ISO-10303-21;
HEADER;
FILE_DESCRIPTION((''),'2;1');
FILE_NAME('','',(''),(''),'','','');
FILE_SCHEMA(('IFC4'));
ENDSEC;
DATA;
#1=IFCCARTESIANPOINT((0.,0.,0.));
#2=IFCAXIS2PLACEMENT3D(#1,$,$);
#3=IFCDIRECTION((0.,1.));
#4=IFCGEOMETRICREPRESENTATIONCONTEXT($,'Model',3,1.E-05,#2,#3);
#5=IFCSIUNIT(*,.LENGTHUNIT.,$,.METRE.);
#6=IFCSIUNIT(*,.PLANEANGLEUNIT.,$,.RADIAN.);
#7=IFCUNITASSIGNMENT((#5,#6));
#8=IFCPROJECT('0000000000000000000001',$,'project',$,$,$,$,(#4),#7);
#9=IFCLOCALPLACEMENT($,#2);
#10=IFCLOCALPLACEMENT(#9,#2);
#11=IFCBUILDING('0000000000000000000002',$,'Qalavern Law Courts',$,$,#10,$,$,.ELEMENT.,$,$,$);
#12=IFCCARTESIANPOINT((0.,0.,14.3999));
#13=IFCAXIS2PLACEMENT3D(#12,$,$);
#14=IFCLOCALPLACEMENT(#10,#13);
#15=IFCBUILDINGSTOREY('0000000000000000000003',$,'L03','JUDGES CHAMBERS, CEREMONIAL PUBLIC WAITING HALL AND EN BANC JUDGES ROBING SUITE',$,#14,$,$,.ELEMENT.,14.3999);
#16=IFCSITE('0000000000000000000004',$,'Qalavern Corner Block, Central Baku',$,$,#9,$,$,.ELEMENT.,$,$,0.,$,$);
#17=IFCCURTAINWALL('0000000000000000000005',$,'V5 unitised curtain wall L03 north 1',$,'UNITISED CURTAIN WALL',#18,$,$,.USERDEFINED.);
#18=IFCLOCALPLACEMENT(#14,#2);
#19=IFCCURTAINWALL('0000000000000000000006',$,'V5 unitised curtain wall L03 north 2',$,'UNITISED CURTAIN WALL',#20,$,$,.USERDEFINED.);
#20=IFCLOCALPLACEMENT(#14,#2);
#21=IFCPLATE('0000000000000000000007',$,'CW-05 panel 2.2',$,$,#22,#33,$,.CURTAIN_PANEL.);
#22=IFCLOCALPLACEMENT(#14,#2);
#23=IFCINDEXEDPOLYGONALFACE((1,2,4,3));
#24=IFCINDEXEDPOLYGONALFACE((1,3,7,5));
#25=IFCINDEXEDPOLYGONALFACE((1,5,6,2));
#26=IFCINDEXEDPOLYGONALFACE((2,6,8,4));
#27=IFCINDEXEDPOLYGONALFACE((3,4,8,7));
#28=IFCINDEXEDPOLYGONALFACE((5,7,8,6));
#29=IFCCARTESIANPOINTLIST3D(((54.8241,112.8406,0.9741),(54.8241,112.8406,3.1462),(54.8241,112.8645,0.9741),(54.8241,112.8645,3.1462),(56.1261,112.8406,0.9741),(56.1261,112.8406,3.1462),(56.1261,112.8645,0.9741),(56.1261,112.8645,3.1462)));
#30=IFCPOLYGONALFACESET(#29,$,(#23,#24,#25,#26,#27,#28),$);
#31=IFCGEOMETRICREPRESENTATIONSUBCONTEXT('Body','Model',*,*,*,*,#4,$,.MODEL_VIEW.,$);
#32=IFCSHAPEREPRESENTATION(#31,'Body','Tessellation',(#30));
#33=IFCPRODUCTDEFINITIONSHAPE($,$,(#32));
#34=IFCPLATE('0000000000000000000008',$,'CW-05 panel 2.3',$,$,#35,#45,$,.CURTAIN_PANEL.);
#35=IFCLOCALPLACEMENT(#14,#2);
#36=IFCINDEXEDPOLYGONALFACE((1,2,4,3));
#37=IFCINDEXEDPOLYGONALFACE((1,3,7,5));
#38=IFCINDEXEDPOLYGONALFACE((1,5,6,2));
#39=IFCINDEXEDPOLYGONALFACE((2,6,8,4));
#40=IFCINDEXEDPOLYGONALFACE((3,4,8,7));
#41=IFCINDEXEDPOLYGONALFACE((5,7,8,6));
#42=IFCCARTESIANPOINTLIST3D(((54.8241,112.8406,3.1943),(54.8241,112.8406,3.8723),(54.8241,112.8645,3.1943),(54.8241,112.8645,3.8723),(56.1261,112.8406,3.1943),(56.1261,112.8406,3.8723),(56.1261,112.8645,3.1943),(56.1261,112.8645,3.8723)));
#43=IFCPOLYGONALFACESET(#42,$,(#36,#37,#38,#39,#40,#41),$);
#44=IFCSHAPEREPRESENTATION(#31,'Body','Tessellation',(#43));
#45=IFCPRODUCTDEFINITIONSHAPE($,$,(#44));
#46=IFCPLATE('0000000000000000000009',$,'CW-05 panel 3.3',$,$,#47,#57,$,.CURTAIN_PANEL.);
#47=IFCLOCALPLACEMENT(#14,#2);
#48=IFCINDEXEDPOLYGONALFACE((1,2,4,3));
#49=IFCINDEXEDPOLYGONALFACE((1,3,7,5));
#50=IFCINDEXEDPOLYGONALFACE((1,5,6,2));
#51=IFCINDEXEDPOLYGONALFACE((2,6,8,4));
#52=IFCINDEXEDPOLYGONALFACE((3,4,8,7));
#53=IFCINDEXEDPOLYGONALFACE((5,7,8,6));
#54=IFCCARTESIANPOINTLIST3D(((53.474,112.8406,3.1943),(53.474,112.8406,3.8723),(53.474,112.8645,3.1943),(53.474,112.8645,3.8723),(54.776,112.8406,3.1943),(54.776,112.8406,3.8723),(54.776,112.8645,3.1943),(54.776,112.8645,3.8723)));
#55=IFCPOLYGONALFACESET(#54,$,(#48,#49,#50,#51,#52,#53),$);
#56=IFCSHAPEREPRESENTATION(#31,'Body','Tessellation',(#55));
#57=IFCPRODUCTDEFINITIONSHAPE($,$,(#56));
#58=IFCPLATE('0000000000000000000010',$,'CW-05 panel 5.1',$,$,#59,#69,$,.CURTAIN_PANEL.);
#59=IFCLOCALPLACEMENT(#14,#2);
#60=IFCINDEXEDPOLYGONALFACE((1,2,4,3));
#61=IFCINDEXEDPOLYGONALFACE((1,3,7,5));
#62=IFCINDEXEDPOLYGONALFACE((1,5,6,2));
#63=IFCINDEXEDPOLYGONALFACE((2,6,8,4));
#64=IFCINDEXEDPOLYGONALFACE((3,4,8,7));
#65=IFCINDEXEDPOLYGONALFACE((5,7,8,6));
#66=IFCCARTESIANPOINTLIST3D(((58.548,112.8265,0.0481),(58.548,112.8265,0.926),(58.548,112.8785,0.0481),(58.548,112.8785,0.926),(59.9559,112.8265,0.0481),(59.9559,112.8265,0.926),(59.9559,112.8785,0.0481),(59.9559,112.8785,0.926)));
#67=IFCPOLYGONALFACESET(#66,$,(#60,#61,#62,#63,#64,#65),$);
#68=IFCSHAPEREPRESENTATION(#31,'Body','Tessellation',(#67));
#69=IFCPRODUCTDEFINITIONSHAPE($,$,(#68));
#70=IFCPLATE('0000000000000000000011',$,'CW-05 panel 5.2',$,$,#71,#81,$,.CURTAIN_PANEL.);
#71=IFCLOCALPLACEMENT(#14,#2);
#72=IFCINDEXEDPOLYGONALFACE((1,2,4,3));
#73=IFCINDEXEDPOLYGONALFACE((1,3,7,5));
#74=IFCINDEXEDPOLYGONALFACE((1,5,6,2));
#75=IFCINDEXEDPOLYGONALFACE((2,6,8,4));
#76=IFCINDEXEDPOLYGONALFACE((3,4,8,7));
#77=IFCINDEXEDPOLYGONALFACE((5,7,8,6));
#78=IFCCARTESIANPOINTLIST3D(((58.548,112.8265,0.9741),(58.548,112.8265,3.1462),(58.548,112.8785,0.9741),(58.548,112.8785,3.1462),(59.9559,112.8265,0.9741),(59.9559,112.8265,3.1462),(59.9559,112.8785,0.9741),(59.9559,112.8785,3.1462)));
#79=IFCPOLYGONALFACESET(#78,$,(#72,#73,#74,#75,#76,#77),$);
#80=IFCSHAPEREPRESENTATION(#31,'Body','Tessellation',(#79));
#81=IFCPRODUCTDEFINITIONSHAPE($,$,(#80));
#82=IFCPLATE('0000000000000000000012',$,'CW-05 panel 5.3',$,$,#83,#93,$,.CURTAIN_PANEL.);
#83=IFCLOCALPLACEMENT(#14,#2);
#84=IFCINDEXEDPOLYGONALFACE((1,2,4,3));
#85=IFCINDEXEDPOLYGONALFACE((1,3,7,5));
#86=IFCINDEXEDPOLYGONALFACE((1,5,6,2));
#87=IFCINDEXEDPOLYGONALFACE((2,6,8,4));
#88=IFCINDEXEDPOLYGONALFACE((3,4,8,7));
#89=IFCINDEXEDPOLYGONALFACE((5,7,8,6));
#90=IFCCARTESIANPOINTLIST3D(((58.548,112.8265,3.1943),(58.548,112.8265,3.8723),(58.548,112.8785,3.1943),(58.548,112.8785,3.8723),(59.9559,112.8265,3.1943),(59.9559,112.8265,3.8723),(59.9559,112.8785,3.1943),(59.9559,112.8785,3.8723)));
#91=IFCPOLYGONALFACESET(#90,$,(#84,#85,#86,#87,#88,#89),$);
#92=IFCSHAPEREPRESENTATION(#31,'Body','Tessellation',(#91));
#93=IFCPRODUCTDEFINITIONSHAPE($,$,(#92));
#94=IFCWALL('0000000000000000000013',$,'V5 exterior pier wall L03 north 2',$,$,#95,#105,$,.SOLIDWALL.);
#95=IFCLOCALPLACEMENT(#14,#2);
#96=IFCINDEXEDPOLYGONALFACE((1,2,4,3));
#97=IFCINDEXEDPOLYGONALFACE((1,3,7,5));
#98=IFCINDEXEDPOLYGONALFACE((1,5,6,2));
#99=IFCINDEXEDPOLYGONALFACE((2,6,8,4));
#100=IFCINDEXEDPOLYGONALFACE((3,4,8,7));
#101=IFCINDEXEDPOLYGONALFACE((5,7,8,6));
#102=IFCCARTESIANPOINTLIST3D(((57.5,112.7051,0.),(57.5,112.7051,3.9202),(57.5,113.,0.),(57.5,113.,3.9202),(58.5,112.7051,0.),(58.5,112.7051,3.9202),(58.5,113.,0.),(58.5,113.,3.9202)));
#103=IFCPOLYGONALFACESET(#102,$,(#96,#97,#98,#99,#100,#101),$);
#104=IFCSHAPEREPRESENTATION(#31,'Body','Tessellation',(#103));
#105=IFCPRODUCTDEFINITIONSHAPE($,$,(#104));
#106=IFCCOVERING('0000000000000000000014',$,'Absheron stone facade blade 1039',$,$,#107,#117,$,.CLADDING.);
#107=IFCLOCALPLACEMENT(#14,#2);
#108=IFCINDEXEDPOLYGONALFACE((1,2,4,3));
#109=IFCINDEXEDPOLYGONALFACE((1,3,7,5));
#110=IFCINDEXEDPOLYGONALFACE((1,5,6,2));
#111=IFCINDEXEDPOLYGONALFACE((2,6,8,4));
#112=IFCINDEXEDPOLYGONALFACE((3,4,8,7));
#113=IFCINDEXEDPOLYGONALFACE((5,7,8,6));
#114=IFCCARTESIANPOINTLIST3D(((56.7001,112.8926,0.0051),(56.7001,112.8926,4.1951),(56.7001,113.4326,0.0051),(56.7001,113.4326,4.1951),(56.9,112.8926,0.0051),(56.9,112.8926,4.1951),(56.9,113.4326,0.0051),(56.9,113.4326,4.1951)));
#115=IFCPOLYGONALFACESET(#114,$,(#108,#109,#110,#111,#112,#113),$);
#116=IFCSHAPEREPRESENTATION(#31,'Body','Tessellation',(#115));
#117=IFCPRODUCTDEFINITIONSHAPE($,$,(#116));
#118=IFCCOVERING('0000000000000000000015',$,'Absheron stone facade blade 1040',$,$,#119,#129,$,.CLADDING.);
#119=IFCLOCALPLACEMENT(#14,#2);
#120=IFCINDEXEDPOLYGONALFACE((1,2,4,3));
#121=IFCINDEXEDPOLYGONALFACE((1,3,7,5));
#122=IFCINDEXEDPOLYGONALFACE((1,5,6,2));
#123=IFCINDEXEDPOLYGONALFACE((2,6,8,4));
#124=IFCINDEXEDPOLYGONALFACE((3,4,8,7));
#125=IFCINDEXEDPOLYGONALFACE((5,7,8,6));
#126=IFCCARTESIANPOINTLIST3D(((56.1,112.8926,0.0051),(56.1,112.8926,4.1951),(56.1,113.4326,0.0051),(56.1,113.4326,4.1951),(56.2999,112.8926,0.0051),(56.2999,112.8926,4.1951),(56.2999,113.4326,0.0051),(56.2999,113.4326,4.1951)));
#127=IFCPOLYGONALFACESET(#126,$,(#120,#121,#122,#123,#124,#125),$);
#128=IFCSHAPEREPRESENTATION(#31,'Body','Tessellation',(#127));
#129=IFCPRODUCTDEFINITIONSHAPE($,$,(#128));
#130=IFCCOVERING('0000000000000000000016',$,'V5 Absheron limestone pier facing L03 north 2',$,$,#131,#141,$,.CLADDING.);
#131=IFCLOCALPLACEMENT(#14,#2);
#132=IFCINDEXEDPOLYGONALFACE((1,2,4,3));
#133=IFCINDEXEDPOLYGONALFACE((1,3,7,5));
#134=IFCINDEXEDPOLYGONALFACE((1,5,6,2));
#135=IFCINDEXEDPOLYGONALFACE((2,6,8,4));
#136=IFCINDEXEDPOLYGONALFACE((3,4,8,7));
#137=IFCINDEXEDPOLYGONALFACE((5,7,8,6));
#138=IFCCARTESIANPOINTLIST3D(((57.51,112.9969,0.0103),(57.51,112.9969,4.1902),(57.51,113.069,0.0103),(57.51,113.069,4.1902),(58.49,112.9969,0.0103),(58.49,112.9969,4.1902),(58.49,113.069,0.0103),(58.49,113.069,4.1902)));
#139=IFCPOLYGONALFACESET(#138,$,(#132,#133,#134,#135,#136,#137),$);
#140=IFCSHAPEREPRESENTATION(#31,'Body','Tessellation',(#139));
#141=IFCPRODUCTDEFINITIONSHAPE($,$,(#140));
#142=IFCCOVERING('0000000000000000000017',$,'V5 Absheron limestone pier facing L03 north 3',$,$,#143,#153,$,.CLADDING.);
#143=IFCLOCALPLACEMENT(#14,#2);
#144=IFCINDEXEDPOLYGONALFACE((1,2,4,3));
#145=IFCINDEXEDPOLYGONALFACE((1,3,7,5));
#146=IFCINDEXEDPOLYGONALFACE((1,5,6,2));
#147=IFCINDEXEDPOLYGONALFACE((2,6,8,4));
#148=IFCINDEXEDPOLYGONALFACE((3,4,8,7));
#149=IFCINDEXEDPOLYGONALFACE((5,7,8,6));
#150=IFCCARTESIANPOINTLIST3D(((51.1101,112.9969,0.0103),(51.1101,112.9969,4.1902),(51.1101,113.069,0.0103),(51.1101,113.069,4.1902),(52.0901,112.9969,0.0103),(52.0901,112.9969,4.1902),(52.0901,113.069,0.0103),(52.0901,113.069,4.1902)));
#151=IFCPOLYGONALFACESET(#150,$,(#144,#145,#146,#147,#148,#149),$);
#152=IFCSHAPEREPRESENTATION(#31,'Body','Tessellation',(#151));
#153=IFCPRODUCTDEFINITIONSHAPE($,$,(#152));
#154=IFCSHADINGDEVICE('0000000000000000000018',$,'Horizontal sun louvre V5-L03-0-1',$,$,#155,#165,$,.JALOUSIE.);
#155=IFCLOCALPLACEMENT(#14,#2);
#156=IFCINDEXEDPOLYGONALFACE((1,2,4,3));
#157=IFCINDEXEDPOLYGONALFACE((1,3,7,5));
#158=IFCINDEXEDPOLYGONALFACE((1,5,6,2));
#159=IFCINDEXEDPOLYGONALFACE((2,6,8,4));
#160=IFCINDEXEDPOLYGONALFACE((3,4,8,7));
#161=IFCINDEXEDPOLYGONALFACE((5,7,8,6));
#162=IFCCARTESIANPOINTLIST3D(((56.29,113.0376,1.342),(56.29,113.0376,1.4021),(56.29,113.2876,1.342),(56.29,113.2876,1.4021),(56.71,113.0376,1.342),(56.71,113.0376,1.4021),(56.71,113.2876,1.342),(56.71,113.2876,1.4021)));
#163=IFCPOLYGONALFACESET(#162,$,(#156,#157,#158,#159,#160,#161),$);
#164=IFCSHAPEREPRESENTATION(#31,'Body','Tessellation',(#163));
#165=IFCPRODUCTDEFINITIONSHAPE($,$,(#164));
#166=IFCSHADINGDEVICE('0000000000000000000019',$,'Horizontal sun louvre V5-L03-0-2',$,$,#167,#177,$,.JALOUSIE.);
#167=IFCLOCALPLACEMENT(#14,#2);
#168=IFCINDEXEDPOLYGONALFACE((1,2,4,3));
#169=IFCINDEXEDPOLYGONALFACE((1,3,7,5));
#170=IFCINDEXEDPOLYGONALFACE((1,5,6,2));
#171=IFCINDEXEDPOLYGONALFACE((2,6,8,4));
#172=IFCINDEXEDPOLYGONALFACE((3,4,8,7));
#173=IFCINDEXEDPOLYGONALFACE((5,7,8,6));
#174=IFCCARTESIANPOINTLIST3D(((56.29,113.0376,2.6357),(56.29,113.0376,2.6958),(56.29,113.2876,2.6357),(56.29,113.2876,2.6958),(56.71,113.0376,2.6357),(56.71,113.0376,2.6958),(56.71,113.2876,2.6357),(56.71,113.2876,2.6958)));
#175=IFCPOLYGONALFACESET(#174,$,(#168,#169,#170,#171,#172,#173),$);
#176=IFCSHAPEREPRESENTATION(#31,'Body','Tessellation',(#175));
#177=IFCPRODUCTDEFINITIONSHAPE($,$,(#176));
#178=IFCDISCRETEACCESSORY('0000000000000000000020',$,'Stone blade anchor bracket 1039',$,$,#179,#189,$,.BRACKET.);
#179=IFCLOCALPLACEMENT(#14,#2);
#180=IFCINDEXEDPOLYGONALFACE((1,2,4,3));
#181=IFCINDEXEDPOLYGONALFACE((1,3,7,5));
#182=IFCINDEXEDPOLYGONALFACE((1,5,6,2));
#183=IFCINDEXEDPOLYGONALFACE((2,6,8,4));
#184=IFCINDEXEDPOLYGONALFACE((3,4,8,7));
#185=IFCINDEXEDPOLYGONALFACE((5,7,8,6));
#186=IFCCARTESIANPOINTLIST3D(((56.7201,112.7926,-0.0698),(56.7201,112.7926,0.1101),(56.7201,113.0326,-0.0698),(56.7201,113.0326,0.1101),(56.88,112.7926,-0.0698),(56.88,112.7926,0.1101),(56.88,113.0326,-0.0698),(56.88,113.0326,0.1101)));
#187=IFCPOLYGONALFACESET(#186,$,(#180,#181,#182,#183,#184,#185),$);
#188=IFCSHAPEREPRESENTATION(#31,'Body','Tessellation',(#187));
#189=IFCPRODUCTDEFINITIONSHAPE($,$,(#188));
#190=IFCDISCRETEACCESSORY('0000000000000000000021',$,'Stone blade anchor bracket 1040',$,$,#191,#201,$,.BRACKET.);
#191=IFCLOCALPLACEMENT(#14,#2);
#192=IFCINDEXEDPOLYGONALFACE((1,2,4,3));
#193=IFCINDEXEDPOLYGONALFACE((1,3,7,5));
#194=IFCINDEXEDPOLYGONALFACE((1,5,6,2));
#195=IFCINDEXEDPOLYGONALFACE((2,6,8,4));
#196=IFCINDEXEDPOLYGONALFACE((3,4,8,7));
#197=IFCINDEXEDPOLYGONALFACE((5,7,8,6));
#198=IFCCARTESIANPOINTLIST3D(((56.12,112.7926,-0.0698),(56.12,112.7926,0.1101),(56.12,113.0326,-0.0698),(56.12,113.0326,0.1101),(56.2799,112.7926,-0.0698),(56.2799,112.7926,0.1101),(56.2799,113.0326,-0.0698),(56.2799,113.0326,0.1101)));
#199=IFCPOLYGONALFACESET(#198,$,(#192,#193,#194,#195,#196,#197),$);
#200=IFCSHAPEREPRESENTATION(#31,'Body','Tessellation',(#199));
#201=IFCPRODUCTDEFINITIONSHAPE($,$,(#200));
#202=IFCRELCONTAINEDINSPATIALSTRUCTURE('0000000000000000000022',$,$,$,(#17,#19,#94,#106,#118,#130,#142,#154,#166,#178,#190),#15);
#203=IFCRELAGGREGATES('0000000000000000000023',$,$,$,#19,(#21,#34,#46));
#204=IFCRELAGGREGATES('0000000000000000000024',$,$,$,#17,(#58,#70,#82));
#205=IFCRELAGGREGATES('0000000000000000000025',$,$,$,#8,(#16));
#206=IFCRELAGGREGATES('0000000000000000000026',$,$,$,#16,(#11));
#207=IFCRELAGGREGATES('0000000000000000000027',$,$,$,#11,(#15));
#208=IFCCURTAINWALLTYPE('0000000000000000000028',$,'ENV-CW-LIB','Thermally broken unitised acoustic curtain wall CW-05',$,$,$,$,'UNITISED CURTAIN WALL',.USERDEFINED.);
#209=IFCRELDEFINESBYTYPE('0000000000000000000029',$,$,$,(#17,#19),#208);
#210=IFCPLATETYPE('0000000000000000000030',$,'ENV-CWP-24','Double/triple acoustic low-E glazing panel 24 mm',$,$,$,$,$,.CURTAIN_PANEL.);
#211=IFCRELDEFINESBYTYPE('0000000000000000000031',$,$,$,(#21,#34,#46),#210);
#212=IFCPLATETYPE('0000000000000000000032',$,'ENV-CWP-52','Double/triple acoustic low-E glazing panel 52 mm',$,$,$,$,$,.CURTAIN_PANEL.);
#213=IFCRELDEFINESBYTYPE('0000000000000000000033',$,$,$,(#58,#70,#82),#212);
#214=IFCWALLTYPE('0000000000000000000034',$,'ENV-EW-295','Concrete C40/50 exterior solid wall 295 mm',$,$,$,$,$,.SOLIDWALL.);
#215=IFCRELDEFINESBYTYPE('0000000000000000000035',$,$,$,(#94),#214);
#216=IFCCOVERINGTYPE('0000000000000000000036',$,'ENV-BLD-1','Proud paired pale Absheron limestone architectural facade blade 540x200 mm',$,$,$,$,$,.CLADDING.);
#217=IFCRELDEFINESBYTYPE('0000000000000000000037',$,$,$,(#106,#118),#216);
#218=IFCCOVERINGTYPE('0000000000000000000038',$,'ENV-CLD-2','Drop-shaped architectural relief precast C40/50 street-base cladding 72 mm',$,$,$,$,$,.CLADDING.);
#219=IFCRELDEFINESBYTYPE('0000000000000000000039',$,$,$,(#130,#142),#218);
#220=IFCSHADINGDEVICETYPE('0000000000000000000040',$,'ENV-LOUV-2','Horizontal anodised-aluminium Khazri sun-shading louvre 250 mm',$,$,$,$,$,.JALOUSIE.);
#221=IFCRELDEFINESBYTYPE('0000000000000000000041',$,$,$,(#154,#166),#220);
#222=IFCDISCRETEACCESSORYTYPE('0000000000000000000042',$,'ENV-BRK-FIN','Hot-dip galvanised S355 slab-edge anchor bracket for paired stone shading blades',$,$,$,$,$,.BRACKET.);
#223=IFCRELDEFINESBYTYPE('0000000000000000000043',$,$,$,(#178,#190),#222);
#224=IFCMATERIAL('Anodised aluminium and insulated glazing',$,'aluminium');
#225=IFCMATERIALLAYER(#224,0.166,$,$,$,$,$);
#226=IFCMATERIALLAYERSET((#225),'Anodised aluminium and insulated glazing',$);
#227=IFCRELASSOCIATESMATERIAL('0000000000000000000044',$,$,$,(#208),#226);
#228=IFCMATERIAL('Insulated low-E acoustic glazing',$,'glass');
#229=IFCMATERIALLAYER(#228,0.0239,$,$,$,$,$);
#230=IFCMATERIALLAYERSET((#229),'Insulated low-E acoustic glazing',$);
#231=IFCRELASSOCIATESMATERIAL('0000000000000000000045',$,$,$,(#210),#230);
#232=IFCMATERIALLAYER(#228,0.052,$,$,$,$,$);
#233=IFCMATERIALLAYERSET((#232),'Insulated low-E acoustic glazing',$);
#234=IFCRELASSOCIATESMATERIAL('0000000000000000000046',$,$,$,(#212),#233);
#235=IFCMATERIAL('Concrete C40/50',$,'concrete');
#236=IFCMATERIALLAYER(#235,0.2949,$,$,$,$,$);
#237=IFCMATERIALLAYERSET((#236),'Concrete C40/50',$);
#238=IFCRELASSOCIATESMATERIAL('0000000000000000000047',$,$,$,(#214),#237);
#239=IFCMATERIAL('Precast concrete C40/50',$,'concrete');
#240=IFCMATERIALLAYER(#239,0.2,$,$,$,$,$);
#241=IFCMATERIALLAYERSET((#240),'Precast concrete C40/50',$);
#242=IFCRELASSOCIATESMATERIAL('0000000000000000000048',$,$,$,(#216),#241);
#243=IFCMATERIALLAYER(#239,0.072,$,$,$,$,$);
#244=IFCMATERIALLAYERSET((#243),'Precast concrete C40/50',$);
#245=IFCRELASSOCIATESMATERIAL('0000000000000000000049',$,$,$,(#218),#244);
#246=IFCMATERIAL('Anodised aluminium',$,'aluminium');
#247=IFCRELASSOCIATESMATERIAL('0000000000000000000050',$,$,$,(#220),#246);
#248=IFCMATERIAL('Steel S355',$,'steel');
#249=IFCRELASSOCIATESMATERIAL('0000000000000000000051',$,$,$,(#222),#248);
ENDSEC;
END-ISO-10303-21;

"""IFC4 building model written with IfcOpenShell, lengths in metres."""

from ifc_helpers import new_model, si_unit, direction, frame, frame_2d, origin, origin_2d, place, context, subcontext, project, spatial, rectangle, extrude, material, layer, layer_set, type_object, element, aggregate, save


model = new_model("IFC4")

# Units and contexts
model_context = context("Model", 3, precision=1e-05, world=origin(), true_north=direction((0.0, 1.0)))
body_context = subcontext(model_context, "Body", "Model", "MODEL_VIEW")
ifc_project = project(units=[si_unit("LENGTHUNIT", "METRE"), si_unit("PLANEANGLEUNIT", "RADIAN")], contexts=[model_context])

# Site, building, storey
site_placement = place(None, origin())
site = spatial("IfcSite", under=ifc_project, at=site_placement, Name="Qalavern Corner Block, Central Baku", CompositionType="ELEMENT", RefElevation=0.0)
building_placement = place(site_placement, origin())
building = spatial("IfcBuilding", under=site, at=building_placement, Name="Qalavern Law Courts", CompositionType="ELEMENT")
storey_placement = place(building_placement, frame((0.0, 0.0, 14.3999)))
storey = spatial("IfcBuildingStorey", under=building, at=storey_placement, Name="L03", Description="JUDGES CHAMBERS, CEREMONIAL PUBLIC WAITING HALL AND EN BANC JUDGES ROBING SUITE", CompositionType="ELEMENT", Elevation=14.3999)

# Curtain wall
ifc_material_1 = material(Name="Anodised aluminium and insulated glazing", Category="aluminium")
ifc_layer_1 = layer(ifc_material_1, 0.166)
ifc_layer_set_1 = layer_set([ifc_layer_1], Name="Anodised aluminium and insulated glazing")
curtain_wall_type = type_object("IfcCurtainWallType", Name="ENV-CW-LIB", Description="Thermally broken unitised acoustic curtain wall CW-05", ElementType="UNITISED CURTAIN WALL", PredefinedType="USERDEFINED", material=ifc_layer_set_1)
curtain_wall_1_placement = place(storey_placement, origin())
curtain_wall_1 = element("IfcCurtainWall", 1, at=curtain_wall_1_placement, inside=storey, type_object=curtain_wall_type, Name="V5 unitised curtain wall L03 north 1", ObjectType="UNITISED CURTAIN WALL", PredefinedType="USERDEFINED")
ifc_material_2 = material(Name="Anodised aluminium", Category="aluminium")

# Curtain wall
curtain_wall_2_placement = place(storey_placement, origin())
curtain_wall_2 = element("IfcCurtainWall", 2, at=curtain_wall_2_placement, inside=storey, type_object=curtain_wall_type, Name="V5 unitised curtain wall L03 north 2", ObjectType="UNITISED CURTAIN WALL", PredefinedType="USERDEFINED")

# Plates
ifc_material_3 = material(Name="Insulated low-E acoustic glazing", Category="glass")
ifc_layer_2 = layer(ifc_material_3, 0.0239)
ifc_layer_set_2 = layer_set([ifc_layer_2], Name="Insulated low-E acoustic glazing")
plate_type_1 = type_object("IfcPlateType", Name="ENV-CWP-24", Description="Double/triple acoustic low-E glazing panel 24 mm", PredefinedType="CURTAIN_PANEL", material=ifc_layer_set_2)
plate_1_placement = place(storey_placement, frame((55.4751, 112.8525, 0.9741), z_axis=(0.0, 0.0, 1.0), x_axis=(-1.0, 0.0, 0.0)))
plate_1 = element("IfcPlate", 3, at=plate_1_placement, type_object=plate_type_1, Name="CW-05 panel 2.2", PredefinedType="CURTAIN_PANEL", context=body_context, shape_type="SweptSolid", body=[
    extrude(rectangle(XDim=1.302, YDim=0.0239, at=origin_2d()), origin(), (0.0, 0.0, 1.0), 2.1721),
])
plate_2_placement = place(storey_placement, frame((55.4751, 112.8525, 3.1943), z_axis=(0.0, 0.0, 1.0), x_axis=(-1.0, 0.0, 0.0)))
plate_2 = element("IfcPlate", 4, at=plate_2_placement, type_object=plate_type_1, Name="CW-05 panel 2.3", PredefinedType="CURTAIN_PANEL", context=body_context, shape_type="SweptSolid", body=[
    extrude(rectangle(XDim=1.302, YDim=0.0239, at=origin_2d()), origin(), (0.0, 0.0, 1.0), 0.678),
])
plate_3_placement = place(storey_placement, frame((54.125, 112.8525, 3.1943), z_axis=(0.0, 0.0, 1.0), x_axis=(-1.0, 0.0, 0.0)))
plate_3 = element("IfcPlate", 5, at=plate_3_placement, type_object=plate_type_1, Name="CW-05 panel 3.3", PredefinedType="CURTAIN_PANEL", context=body_context, shape_type="SweptSolid", body=[
    extrude(rectangle(XDim=1.302, YDim=0.0239, at=origin_2d()), origin(), (0.0, 0.0, 1.0), 0.678),
])
aggregate(curtain_wall_2, [plate_1, plate_2, plate_3])
ifc_layer_3 = layer(ifc_material_3, 0.052)
ifc_layer_set_3 = layer_set([ifc_layer_3], Name="Insulated low-E acoustic glazing")
plate_type_2 = type_object("IfcPlateType", Name="ENV-CWP-52", Description="Double/triple acoustic low-E glazing panel 52 mm", PredefinedType="CURTAIN_PANEL", material=ifc_layer_set_3)
plate_4_placement = place(storey_placement, frame((59.252, 112.8525, 0.0481), z_axis=(0.0, 0.0, 1.0), x_axis=(-1.0, 0.0, 0.0)))
plate_4 = element("IfcPlate", 6, at=plate_4_placement, type_object=plate_type_2, Name="CW-05 panel 5.1", PredefinedType="CURTAIN_PANEL", context=body_context, shape_type="SweptSolid", body=[
    extrude(rectangle(XDim=1.408, YDim=0.052, at=origin_2d()), origin(), (0.0, 0.0, 1.0), 0.8779),
])
plate_5_placement = place(storey_placement, frame((59.252, 112.8525, 0.9741), z_axis=(0.0, 0.0, 1.0), x_axis=(-1.0, 0.0, 0.0)))
plate_5 = element("IfcPlate", 7, at=plate_5_placement, type_object=plate_type_2, Name="CW-05 panel 5.2", PredefinedType="CURTAIN_PANEL", context=body_context, shape_type="SweptSolid", body=[
    extrude(rectangle(XDim=1.408, YDim=0.052, at=origin_2d()), origin(), (0.0, 0.0, 1.0), 2.1721),
])
plate_6_placement = place(storey_placement, frame((59.252, 112.8525, 3.1943), z_axis=(0.0, 0.0, 1.0), x_axis=(-1.0, 0.0, 0.0)))
plate_6 = element("IfcPlate", 8, at=plate_6_placement, type_object=plate_type_2, Name="CW-05 panel 5.3", PredefinedType="CURTAIN_PANEL", context=body_context, shape_type="SweptSolid", body=[
    extrude(rectangle(XDim=1.408, YDim=0.052, at=origin_2d()), origin(), (0.0, 0.0, 1.0), 0.678),
])
aggregate(curtain_wall_1, [plate_4, plate_5, plate_6])

# Wall
ifc_material_4 = material(Name="Concrete C40/50", Category="concrete")
ifc_layer_4 = layer(ifc_material_4, 0.2949)
ifc_layer_set_4 = layer_set([ifc_layer_4], Name="Concrete C40/50")
wall_type = type_object("IfcWallType", Name="ENV-EW-295", Description="Concrete C40/50 exterior solid wall 295 mm", PredefinedType="SOLIDWALL", material=ifc_layer_set_4)
wall_placement = place(storey_placement, frame((58.5, 112.8525, 0.0), z_axis=(0.0, 0.0, 1.0), x_axis=(-1.0, 0.0, 0.0)))
element("IfcWall", 9, at=wall_placement, inside=storey, type_object=wall_type, Name="V5 exterior pier wall L03 north 2", PredefinedType="SOLIDWALL", context=body_context, shape_type="SweptSolid", body=[
    extrude(rectangle(XDim=1.0, YDim=0.2949, at=frame_2d((0.5, 0.0))), origin(), (0.0, 0.0, 1.0), 3.9202),
])

# Coverings
ifc_material_5 = material(Name="Precast concrete C40/50", Category="concrete")
ifc_layer_5 = layer(ifc_material_5, 0.2)
ifc_layer_set_5 = layer_set([ifc_layer_5], Name="Precast concrete C40/50")
covering_type_1 = type_object("IfcCoveringType", Name="ENV-BLD-1", Description="Proud paired pale Absheron limestone architectural facade blade 540x200 mm", PredefinedType="CLADDING", material=ifc_layer_set_5)
for number, where, z_axis, x_axis, name in (
    (10, (56.8, 113.1626, 0.0051), (0.0, 0.0, 1.0), (0.0, 1.0, 0.0), "Absheron stone facade blade 1039"),
    (11, (56.2, 113.1626, 0.0051), (0.0, 0.0, 1.0), (0.0, 1.0, 0.0), "Absheron stone facade blade 1040"),
):
    element("IfcCovering", number, at=place(storey_placement, frame(where, z_axis=z_axis, x_axis=x_axis)), inside=storey, type_object=covering_type_1, Name=name, PredefinedType="CLADDING", context=body_context, shape_type="SweptSolid", body=[
        extrude(rectangle(XDim=0.54, YDim=0.2, at=origin_2d()), origin(), (0.0, 0.0, 1.0), 4.1899),
    ])
ifc_layer_6 = layer(ifc_material_5, 0.072)
ifc_layer_set_6 = layer_set([ifc_layer_6], Name="Precast concrete C40/50")
covering_type_2 = type_object("IfcCoveringType", Name="ENV-CLD-2", Description="Drop-shaped architectural relief precast C40/50 street-base cladding 72 mm", PredefinedType="CLADDING", material=ifc_layer_set_6)
for number, where, z_axis, x_axis, name in (
    (12, (58.0, 113.033, 0.0103), (0.0, 0.0, 1.0), (-1.0, 0.0, 0.0), "V5 Absheron limestone pier facing L03 north 2"),
    (13, (51.6001, 113.033, 0.0103), (0.0, 0.0, 1.0), (-1.0, 0.0, 0.0), "V5 Absheron limestone pier facing L03 north 3"),
):
    element("IfcCovering", number, at=place(storey_placement, frame(where, z_axis=z_axis, x_axis=x_axis)), inside=storey, type_object=covering_type_2, Name=name, PredefinedType="CLADDING", context=body_context, shape_type="SweptSolid", body=[
        extrude(rectangle(XDim=0.98, YDim=0.072, at=origin_2d()), origin(), (0.0, 0.0, 1.0), 4.1799),
    ])

# Shading devices
shading_device_type = type_object("IfcShadingDeviceType", Name="ENV-LOUV-2", Description="Horizontal anodised-aluminium Khazri sun-shading louvre 250 mm", PredefinedType="JALOUSIE", material=ifc_material_2)
for number, where, z_axis, x_axis, name in (
    (14, (56.5, 113.1626, 1.342), (0.0, 0.0, 1.0), (-1.0, 0.0, 0.0), "Horizontal sun louvre V5-L03-0-1"),
    (15, (56.5, 113.1626, 2.6357), (0.0, 0.0, 1.0), (-1.0, 0.0, 0.0), "Horizontal sun louvre V5-L03-0-2"),
):
    element("IfcShadingDevice", number, at=place(storey_placement, frame(where, z_axis=z_axis, x_axis=x_axis)), inside=storey, type_object=shading_device_type, Name=name, PredefinedType="JALOUSIE", context=body_context, shape_type="SweptSolid", body=[
        extrude(rectangle(XDim=0.4199, YDim=0.25, at=origin_2d()), origin(), (0.0, 0.0, 1.0), 0.0601),
    ])

# Discrete accessories
ifc_material_6 = material(Name="Steel S355", Category="steel")
discrete_accessory_type = type_object("IfcDiscreteAccessoryType", Name="ENV-BRK-FIN", Description="Hot-dip galvanised S355 slab-edge anchor bracket for paired stone shading blades", PredefinedType="BRACKET", material=ifc_material_6)
for number, where, z_axis, x_axis, name in (
    (16, (56.8, 112.9126, -0.0698), (0.0, 0.0, 1.0), (0.0, 1.0, 0.0), "Stone blade anchor bracket 1039"),
    (17, (56.2, 112.9126, -0.0698), (0.0, 0.0, 1.0), (0.0, 1.0, 0.0), "Stone blade anchor bracket 1040"),
):
    element("IfcDiscreteAccessory", number, at=place(storey_placement, frame(where, z_axis=z_axis, x_axis=x_axis)), inside=storey, type_object=discrete_accessory_type, Name=name, PredefinedType="BRACKET", context=body_context, shape_type="SweptSolid", body=[
        extrude(rectangle(XDim=0.24, YDim=0.1599, at=origin_2d()), origin(), (0.0, 0.0, 1.0), 0.1799),
    ])

save(model, "model.ifc")
